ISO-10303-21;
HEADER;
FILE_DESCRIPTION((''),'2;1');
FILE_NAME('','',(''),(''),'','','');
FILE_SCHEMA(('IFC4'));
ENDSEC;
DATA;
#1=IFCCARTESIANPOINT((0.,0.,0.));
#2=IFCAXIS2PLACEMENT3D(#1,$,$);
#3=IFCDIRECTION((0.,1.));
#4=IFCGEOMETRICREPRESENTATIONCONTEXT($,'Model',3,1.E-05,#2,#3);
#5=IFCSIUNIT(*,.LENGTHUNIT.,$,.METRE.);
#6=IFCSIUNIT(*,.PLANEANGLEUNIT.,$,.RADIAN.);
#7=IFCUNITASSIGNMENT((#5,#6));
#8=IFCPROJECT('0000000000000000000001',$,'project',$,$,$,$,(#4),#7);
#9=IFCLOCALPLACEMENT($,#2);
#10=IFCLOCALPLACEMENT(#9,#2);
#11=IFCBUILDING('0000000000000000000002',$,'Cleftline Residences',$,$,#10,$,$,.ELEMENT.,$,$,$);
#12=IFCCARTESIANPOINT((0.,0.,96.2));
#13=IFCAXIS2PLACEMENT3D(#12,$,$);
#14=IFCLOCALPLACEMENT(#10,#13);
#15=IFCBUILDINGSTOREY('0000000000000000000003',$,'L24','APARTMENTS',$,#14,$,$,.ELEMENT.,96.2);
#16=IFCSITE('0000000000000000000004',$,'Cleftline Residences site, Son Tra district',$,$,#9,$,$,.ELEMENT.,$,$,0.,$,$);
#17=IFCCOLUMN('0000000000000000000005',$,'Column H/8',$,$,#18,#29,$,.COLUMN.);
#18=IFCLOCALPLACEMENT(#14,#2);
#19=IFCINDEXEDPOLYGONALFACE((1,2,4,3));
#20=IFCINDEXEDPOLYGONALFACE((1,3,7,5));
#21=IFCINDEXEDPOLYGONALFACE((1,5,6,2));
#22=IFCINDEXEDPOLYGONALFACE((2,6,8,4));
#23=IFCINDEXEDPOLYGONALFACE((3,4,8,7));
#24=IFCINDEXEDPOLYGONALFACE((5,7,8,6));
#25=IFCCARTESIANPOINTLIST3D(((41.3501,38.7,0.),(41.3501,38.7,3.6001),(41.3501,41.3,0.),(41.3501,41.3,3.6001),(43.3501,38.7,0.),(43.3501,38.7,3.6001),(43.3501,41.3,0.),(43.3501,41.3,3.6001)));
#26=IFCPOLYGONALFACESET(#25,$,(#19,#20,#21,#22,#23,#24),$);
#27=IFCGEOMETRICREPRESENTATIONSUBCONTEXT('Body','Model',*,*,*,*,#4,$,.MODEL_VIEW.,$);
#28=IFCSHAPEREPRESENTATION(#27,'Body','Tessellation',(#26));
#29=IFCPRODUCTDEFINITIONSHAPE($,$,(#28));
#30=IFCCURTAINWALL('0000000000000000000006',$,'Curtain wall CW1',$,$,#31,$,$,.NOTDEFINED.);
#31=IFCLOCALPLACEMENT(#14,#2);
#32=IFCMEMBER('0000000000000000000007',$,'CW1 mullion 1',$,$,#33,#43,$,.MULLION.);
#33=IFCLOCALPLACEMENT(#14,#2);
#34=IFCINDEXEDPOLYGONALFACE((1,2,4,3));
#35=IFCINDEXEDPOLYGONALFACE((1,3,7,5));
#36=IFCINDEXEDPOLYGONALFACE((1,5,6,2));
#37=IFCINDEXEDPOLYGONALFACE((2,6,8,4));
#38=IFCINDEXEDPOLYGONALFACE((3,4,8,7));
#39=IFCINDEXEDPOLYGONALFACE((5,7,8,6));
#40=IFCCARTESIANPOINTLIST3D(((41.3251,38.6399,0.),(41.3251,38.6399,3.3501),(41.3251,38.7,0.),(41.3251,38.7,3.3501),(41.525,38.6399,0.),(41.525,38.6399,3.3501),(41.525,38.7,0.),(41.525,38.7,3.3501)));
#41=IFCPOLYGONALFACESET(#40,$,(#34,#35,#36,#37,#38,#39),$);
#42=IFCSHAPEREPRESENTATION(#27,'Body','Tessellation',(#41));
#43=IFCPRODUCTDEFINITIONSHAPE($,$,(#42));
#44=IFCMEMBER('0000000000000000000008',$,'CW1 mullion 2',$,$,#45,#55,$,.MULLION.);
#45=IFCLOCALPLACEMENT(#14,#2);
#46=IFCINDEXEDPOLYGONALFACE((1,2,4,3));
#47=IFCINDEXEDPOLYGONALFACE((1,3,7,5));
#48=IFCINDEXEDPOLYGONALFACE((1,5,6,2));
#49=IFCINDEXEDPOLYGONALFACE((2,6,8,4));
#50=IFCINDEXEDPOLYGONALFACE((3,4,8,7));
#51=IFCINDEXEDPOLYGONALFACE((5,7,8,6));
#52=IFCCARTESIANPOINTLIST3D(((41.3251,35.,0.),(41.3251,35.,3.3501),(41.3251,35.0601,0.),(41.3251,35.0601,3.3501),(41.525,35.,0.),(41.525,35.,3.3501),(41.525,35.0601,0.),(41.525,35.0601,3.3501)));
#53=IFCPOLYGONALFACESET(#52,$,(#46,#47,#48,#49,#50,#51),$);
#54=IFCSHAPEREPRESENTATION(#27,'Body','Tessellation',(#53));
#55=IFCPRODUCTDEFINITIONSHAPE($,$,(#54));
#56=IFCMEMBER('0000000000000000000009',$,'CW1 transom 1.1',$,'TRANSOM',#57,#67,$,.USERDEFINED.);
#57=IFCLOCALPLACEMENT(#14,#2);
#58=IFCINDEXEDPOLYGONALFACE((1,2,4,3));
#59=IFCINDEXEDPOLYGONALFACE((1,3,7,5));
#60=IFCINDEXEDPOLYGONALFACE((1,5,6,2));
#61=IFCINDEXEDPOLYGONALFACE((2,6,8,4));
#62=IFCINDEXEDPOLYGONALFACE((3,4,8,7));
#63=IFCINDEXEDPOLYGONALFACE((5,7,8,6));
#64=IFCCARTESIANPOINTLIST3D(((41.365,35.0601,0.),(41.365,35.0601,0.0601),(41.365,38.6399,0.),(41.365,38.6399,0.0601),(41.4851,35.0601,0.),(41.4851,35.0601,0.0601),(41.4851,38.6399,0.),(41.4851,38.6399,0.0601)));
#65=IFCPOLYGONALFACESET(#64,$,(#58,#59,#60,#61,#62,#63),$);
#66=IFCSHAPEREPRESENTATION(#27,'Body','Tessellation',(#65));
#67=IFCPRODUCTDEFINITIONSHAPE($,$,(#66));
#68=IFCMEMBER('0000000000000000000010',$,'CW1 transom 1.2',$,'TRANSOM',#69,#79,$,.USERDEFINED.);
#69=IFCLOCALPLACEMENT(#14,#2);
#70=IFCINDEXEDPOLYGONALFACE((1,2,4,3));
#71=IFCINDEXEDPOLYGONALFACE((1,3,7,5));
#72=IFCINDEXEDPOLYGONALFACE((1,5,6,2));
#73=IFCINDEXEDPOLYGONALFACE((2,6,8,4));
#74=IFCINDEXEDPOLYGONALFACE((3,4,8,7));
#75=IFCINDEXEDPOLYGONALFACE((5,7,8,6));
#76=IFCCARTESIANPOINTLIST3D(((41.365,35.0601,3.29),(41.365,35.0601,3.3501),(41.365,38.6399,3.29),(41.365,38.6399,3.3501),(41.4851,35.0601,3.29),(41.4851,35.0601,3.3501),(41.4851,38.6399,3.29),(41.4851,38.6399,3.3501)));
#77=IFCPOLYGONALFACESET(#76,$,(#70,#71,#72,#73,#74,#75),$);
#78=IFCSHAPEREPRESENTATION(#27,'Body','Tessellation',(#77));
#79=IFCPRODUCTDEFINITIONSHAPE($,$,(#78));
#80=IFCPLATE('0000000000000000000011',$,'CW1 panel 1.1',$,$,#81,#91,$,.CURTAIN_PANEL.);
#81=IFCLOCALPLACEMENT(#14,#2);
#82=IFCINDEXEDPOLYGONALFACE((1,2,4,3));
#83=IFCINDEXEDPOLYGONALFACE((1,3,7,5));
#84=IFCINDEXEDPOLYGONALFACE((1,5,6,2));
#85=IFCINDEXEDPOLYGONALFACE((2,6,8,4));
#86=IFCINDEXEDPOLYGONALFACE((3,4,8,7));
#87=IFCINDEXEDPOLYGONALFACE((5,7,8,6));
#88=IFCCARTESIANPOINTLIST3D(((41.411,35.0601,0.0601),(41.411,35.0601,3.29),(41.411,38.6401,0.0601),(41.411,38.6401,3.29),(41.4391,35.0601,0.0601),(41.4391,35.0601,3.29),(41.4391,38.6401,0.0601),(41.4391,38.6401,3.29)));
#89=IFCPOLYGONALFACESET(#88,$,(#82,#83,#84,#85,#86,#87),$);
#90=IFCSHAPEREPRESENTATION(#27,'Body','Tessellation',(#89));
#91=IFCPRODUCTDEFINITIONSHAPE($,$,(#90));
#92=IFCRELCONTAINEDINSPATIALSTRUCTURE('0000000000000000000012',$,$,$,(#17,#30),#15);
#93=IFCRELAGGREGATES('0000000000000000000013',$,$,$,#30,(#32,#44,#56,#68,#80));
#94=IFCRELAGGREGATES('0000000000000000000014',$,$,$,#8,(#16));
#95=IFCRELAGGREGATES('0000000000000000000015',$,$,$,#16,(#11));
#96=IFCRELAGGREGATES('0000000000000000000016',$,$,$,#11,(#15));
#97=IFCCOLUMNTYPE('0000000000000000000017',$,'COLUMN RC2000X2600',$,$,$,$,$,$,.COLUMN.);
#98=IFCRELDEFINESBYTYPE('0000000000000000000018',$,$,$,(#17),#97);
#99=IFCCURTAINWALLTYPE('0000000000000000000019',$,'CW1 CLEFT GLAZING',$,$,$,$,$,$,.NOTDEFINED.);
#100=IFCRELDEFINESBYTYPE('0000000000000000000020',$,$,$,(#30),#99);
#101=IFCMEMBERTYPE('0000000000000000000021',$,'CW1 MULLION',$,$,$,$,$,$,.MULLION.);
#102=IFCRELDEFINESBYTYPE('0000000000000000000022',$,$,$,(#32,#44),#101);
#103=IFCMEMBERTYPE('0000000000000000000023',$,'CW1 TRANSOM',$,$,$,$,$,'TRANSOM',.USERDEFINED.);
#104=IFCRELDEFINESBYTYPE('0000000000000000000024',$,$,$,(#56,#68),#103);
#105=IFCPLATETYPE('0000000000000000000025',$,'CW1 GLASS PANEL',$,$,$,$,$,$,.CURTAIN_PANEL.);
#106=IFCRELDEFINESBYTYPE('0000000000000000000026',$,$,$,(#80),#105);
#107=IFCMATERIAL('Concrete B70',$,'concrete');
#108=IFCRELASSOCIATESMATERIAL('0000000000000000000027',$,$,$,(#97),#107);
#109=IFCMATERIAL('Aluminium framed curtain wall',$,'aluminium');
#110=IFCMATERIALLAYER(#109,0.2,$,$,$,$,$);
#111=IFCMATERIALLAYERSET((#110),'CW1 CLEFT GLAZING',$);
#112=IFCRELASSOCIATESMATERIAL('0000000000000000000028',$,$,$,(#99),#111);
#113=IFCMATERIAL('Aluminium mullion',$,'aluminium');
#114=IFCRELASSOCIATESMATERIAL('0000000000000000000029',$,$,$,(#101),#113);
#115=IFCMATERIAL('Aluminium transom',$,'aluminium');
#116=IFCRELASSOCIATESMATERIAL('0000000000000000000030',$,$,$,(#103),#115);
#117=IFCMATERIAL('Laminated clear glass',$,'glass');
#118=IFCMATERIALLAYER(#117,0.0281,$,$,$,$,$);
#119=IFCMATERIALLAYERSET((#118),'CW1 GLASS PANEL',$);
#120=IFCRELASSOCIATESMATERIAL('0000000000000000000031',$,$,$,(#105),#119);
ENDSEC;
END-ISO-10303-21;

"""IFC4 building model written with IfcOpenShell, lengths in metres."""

from ifc_helpers import new_model, si_unit, direction, frame, origin, origin_2d, place, context, subcontext, project, spatial, rectangle, extrude, material, layer, layer_set, material_profile, profile_set, type_object, element, aggregate, save


model = new_model("IFC4")

# Units and contexts
model_context = context("Model", 3, precision=1e-05, world=origin(), true_north=direction((0.0, 1.0)))
body_context = subcontext(model_context, "Body", "Model", "MODEL_VIEW")
ifc_project = project(units=[si_unit("LENGTHUNIT", "METRE"), si_unit("PLANEANGLEUNIT", "RADIAN")], contexts=[model_context])

# Site, building, storey
site_placement = place(None, origin())
site = spatial("IfcSite", under=ifc_project, at=site_placement, Name="Cleftline Residences site, Son Tra district", CompositionType="ELEMENT", RefElevation=0.0)
building_placement = place(site_placement, origin())
building = spatial("IfcBuilding", under=site, at=building_placement, Name="Cleftline Residences", CompositionType="ELEMENT")
storey_placement = place(building_placement, frame((0.0, 0.0, 96.2)))
storey = spatial("IfcBuildingStorey", under=building, at=storey_placement, Name="L24", Description="APARTMENTS", CompositionType="ELEMENT", Elevation=96.2)

# Column
ifc_material_1 = material(Name="Concrete B70", Category="concrete")
ifc_material_profile_1 = material_profile(ifc_material_1, rectangle(XDim=2.0, YDim=2.6001, at=origin_2d()))
ifc_profile_set_1 = profile_set([ifc_material_profile_1], Name="Concrete B70")
column_type = type_object("IfcColumnType", Name="COLUMN RC2000X2600", PredefinedType="COLUMN", material=ifc_profile_set_1)
column_placement = place(storey_placement, frame((42.3501, 40.0, 0.0), z_axis=(0.0, 0.0, 1.0), x_axis=(1.0, 0.0, 0.0)))
element("IfcColumn", 1, at=column_placement, inside=storey, type_object=column_type, Name="Column H/8", PredefinedType="COLUMN", context=body_context, shape_type="SweptSolid", body=[
    extrude(rectangle(XDim=2.0, YDim=2.6001, at=origin_2d()), origin(), (0.0, 0.0, 1.0), 3.6001),
])

# Curtain wall, members, plate
ifc_material_2 = material(Name="Aluminium framed curtain wall", Category="aluminium")
ifc_layer_1 = layer(ifc_material_2, 0.2)
ifc_layer_set_1 = layer_set([ifc_layer_1], Name="CW1 CLEFT GLAZING")
curtain_wall_type = type_object("IfcCurtainWallType", Name="CW1 CLEFT GLAZING", PredefinedType="NOTDEFINED", material=ifc_layer_set_1)
curtain_wall_placement = place(storey_placement, origin())
curtain_wall = element("IfcCurtainWall", 2, at=curtain_wall_placement, inside=storey, type_object=curtain_wall_type, Name="Curtain wall CW1", PredefinedType="NOTDEFINED")
ifc_material_3 = material(Name="Aluminium mullion", Category="aluminium")
ifc_material_profile_2 = material_profile(ifc_material_3, rectangle(XDim=0.2, YDim=0.0601, at=origin_2d()))
ifc_profile_set_2 = profile_set([ifc_material_profile_2], Name="Aluminium mullion")
member_type_1 = type_object("IfcMemberType", Name="CW1 MULLION", PredefinedType="MULLION", material=ifc_profile_set_2)
member_1_placement = place(storey_placement, frame((41.425, 38.6699, 0.0), z_axis=(0.0, 0.0, 1.0), x_axis=(1.0, 0.0, 0.0)))
member_1 = element("IfcMember", 3, at=member_1_placement, type_object=member_type_1, Name="CW1 mullion 1", PredefinedType="MULLION", context=body_context, shape_type="SweptSolid", body=[
    extrude(rectangle(XDim=0.2, YDim=0.0601, at=origin_2d()), origin(), (0.0, 0.0, 1.0), 3.3501),
])
member_2_placement = place(storey_placement, frame((41.425, 35.03, 0.0), z_axis=(0.0, 0.0, 1.0), x_axis=(1.0, 0.0, 0.0)))
member_2 = element("IfcMember", 4, at=member_2_placement, type_object=member_type_1, Name="CW1 mullion 2", PredefinedType="MULLION", context=body_context, shape_type="SweptSolid", body=[
    extrude(rectangle(XDim=0.2, YDim=0.0601, at=origin_2d()), origin(), (0.0, 0.0, 1.0), 3.3501),
])
ifc_material_4 = material(Name="Aluminium transom", Category="aluminium")
ifc_material_profile_3 = material_profile(ifc_material_4, rectangle(XDim=0.1201, YDim=0.0601, at=origin_2d()))
ifc_profile_set_3 = profile_set([ifc_material_profile_3], Name="Aluminium transom")
member_type_2 = type_object("IfcMemberType", Name="CW1 TRANSOM", ElementType="TRANSOM", PredefinedType="USERDEFINED", material=ifc_profile_set_3)
member_3_placement = place(storey_placement, frame((41.425, 38.6399, 0.03), z_axis=(0.0, -1.0, 0.0), x_axis=(1.0, 0.0, 0.0)))
member_3 = element("IfcMember", 5, at=member_3_placement, type_object=member_type_2, Name="CW1 transom 1.1", ObjectType="TRANSOM", PredefinedType="USERDEFINED", context=body_context, shape_type="SweptSolid", body=[
    extrude(rectangle(XDim=0.1201, YDim=0.0601, at=origin_2d()), origin(), (0.0, 0.0, 1.0), 3.5798),
])
member_4_placement = place(storey_placement, frame((41.425, 38.6399, 3.3201), z_axis=(0.0, -1.0, 0.0), x_axis=(1.0, 0.0, 0.0)))
member_4 = element("IfcMember", 6, at=member_4_placement, type_object=member_type_2, Name="CW1 transom 1.2", ObjectType="TRANSOM", PredefinedType="USERDEFINED", context=body_context, shape_type="SweptSolid", body=[
    extrude(rectangle(XDim=0.1201, YDim=0.0601, at=origin_2d()), origin(), (0.0, 0.0, 1.0), 3.5798),
])
ifc_material_5 = material(Name="Laminated clear glass", Category="glass")
ifc_layer_2 = layer(ifc_material_5, 0.0281)
ifc_layer_set_2 = layer_set([ifc_layer_2], Name="CW1 GLASS PANEL")
plate_type = type_object("IfcPlateType", Name="CW1 GLASS PANEL", PredefinedType="CURTAIN_PANEL", material=ifc_layer_set_2)
plate_placement = place(storey_placement, frame((41.425, 36.8501, 0.0601), z_axis=(0.0, 0.0, 1.0), x_axis=(0.0, -1.0, 0.0)))
plate = element("IfcPlate", 7, at=plate_placement, type_object=plate_type, Name="CW1 panel 1.1", PredefinedType="CURTAIN_PANEL", context=body_context, shape_type="SweptSolid", body=[
    extrude(rectangle(XDim=3.5801, YDim=0.0281, at=origin_2d()), origin(), (0.0, 0.0, 1.0), 3.23),
])
aggregate(curtain_wall, [member_1, member_2, member_3, member_4, plate])

save(model, "model.ifc")
